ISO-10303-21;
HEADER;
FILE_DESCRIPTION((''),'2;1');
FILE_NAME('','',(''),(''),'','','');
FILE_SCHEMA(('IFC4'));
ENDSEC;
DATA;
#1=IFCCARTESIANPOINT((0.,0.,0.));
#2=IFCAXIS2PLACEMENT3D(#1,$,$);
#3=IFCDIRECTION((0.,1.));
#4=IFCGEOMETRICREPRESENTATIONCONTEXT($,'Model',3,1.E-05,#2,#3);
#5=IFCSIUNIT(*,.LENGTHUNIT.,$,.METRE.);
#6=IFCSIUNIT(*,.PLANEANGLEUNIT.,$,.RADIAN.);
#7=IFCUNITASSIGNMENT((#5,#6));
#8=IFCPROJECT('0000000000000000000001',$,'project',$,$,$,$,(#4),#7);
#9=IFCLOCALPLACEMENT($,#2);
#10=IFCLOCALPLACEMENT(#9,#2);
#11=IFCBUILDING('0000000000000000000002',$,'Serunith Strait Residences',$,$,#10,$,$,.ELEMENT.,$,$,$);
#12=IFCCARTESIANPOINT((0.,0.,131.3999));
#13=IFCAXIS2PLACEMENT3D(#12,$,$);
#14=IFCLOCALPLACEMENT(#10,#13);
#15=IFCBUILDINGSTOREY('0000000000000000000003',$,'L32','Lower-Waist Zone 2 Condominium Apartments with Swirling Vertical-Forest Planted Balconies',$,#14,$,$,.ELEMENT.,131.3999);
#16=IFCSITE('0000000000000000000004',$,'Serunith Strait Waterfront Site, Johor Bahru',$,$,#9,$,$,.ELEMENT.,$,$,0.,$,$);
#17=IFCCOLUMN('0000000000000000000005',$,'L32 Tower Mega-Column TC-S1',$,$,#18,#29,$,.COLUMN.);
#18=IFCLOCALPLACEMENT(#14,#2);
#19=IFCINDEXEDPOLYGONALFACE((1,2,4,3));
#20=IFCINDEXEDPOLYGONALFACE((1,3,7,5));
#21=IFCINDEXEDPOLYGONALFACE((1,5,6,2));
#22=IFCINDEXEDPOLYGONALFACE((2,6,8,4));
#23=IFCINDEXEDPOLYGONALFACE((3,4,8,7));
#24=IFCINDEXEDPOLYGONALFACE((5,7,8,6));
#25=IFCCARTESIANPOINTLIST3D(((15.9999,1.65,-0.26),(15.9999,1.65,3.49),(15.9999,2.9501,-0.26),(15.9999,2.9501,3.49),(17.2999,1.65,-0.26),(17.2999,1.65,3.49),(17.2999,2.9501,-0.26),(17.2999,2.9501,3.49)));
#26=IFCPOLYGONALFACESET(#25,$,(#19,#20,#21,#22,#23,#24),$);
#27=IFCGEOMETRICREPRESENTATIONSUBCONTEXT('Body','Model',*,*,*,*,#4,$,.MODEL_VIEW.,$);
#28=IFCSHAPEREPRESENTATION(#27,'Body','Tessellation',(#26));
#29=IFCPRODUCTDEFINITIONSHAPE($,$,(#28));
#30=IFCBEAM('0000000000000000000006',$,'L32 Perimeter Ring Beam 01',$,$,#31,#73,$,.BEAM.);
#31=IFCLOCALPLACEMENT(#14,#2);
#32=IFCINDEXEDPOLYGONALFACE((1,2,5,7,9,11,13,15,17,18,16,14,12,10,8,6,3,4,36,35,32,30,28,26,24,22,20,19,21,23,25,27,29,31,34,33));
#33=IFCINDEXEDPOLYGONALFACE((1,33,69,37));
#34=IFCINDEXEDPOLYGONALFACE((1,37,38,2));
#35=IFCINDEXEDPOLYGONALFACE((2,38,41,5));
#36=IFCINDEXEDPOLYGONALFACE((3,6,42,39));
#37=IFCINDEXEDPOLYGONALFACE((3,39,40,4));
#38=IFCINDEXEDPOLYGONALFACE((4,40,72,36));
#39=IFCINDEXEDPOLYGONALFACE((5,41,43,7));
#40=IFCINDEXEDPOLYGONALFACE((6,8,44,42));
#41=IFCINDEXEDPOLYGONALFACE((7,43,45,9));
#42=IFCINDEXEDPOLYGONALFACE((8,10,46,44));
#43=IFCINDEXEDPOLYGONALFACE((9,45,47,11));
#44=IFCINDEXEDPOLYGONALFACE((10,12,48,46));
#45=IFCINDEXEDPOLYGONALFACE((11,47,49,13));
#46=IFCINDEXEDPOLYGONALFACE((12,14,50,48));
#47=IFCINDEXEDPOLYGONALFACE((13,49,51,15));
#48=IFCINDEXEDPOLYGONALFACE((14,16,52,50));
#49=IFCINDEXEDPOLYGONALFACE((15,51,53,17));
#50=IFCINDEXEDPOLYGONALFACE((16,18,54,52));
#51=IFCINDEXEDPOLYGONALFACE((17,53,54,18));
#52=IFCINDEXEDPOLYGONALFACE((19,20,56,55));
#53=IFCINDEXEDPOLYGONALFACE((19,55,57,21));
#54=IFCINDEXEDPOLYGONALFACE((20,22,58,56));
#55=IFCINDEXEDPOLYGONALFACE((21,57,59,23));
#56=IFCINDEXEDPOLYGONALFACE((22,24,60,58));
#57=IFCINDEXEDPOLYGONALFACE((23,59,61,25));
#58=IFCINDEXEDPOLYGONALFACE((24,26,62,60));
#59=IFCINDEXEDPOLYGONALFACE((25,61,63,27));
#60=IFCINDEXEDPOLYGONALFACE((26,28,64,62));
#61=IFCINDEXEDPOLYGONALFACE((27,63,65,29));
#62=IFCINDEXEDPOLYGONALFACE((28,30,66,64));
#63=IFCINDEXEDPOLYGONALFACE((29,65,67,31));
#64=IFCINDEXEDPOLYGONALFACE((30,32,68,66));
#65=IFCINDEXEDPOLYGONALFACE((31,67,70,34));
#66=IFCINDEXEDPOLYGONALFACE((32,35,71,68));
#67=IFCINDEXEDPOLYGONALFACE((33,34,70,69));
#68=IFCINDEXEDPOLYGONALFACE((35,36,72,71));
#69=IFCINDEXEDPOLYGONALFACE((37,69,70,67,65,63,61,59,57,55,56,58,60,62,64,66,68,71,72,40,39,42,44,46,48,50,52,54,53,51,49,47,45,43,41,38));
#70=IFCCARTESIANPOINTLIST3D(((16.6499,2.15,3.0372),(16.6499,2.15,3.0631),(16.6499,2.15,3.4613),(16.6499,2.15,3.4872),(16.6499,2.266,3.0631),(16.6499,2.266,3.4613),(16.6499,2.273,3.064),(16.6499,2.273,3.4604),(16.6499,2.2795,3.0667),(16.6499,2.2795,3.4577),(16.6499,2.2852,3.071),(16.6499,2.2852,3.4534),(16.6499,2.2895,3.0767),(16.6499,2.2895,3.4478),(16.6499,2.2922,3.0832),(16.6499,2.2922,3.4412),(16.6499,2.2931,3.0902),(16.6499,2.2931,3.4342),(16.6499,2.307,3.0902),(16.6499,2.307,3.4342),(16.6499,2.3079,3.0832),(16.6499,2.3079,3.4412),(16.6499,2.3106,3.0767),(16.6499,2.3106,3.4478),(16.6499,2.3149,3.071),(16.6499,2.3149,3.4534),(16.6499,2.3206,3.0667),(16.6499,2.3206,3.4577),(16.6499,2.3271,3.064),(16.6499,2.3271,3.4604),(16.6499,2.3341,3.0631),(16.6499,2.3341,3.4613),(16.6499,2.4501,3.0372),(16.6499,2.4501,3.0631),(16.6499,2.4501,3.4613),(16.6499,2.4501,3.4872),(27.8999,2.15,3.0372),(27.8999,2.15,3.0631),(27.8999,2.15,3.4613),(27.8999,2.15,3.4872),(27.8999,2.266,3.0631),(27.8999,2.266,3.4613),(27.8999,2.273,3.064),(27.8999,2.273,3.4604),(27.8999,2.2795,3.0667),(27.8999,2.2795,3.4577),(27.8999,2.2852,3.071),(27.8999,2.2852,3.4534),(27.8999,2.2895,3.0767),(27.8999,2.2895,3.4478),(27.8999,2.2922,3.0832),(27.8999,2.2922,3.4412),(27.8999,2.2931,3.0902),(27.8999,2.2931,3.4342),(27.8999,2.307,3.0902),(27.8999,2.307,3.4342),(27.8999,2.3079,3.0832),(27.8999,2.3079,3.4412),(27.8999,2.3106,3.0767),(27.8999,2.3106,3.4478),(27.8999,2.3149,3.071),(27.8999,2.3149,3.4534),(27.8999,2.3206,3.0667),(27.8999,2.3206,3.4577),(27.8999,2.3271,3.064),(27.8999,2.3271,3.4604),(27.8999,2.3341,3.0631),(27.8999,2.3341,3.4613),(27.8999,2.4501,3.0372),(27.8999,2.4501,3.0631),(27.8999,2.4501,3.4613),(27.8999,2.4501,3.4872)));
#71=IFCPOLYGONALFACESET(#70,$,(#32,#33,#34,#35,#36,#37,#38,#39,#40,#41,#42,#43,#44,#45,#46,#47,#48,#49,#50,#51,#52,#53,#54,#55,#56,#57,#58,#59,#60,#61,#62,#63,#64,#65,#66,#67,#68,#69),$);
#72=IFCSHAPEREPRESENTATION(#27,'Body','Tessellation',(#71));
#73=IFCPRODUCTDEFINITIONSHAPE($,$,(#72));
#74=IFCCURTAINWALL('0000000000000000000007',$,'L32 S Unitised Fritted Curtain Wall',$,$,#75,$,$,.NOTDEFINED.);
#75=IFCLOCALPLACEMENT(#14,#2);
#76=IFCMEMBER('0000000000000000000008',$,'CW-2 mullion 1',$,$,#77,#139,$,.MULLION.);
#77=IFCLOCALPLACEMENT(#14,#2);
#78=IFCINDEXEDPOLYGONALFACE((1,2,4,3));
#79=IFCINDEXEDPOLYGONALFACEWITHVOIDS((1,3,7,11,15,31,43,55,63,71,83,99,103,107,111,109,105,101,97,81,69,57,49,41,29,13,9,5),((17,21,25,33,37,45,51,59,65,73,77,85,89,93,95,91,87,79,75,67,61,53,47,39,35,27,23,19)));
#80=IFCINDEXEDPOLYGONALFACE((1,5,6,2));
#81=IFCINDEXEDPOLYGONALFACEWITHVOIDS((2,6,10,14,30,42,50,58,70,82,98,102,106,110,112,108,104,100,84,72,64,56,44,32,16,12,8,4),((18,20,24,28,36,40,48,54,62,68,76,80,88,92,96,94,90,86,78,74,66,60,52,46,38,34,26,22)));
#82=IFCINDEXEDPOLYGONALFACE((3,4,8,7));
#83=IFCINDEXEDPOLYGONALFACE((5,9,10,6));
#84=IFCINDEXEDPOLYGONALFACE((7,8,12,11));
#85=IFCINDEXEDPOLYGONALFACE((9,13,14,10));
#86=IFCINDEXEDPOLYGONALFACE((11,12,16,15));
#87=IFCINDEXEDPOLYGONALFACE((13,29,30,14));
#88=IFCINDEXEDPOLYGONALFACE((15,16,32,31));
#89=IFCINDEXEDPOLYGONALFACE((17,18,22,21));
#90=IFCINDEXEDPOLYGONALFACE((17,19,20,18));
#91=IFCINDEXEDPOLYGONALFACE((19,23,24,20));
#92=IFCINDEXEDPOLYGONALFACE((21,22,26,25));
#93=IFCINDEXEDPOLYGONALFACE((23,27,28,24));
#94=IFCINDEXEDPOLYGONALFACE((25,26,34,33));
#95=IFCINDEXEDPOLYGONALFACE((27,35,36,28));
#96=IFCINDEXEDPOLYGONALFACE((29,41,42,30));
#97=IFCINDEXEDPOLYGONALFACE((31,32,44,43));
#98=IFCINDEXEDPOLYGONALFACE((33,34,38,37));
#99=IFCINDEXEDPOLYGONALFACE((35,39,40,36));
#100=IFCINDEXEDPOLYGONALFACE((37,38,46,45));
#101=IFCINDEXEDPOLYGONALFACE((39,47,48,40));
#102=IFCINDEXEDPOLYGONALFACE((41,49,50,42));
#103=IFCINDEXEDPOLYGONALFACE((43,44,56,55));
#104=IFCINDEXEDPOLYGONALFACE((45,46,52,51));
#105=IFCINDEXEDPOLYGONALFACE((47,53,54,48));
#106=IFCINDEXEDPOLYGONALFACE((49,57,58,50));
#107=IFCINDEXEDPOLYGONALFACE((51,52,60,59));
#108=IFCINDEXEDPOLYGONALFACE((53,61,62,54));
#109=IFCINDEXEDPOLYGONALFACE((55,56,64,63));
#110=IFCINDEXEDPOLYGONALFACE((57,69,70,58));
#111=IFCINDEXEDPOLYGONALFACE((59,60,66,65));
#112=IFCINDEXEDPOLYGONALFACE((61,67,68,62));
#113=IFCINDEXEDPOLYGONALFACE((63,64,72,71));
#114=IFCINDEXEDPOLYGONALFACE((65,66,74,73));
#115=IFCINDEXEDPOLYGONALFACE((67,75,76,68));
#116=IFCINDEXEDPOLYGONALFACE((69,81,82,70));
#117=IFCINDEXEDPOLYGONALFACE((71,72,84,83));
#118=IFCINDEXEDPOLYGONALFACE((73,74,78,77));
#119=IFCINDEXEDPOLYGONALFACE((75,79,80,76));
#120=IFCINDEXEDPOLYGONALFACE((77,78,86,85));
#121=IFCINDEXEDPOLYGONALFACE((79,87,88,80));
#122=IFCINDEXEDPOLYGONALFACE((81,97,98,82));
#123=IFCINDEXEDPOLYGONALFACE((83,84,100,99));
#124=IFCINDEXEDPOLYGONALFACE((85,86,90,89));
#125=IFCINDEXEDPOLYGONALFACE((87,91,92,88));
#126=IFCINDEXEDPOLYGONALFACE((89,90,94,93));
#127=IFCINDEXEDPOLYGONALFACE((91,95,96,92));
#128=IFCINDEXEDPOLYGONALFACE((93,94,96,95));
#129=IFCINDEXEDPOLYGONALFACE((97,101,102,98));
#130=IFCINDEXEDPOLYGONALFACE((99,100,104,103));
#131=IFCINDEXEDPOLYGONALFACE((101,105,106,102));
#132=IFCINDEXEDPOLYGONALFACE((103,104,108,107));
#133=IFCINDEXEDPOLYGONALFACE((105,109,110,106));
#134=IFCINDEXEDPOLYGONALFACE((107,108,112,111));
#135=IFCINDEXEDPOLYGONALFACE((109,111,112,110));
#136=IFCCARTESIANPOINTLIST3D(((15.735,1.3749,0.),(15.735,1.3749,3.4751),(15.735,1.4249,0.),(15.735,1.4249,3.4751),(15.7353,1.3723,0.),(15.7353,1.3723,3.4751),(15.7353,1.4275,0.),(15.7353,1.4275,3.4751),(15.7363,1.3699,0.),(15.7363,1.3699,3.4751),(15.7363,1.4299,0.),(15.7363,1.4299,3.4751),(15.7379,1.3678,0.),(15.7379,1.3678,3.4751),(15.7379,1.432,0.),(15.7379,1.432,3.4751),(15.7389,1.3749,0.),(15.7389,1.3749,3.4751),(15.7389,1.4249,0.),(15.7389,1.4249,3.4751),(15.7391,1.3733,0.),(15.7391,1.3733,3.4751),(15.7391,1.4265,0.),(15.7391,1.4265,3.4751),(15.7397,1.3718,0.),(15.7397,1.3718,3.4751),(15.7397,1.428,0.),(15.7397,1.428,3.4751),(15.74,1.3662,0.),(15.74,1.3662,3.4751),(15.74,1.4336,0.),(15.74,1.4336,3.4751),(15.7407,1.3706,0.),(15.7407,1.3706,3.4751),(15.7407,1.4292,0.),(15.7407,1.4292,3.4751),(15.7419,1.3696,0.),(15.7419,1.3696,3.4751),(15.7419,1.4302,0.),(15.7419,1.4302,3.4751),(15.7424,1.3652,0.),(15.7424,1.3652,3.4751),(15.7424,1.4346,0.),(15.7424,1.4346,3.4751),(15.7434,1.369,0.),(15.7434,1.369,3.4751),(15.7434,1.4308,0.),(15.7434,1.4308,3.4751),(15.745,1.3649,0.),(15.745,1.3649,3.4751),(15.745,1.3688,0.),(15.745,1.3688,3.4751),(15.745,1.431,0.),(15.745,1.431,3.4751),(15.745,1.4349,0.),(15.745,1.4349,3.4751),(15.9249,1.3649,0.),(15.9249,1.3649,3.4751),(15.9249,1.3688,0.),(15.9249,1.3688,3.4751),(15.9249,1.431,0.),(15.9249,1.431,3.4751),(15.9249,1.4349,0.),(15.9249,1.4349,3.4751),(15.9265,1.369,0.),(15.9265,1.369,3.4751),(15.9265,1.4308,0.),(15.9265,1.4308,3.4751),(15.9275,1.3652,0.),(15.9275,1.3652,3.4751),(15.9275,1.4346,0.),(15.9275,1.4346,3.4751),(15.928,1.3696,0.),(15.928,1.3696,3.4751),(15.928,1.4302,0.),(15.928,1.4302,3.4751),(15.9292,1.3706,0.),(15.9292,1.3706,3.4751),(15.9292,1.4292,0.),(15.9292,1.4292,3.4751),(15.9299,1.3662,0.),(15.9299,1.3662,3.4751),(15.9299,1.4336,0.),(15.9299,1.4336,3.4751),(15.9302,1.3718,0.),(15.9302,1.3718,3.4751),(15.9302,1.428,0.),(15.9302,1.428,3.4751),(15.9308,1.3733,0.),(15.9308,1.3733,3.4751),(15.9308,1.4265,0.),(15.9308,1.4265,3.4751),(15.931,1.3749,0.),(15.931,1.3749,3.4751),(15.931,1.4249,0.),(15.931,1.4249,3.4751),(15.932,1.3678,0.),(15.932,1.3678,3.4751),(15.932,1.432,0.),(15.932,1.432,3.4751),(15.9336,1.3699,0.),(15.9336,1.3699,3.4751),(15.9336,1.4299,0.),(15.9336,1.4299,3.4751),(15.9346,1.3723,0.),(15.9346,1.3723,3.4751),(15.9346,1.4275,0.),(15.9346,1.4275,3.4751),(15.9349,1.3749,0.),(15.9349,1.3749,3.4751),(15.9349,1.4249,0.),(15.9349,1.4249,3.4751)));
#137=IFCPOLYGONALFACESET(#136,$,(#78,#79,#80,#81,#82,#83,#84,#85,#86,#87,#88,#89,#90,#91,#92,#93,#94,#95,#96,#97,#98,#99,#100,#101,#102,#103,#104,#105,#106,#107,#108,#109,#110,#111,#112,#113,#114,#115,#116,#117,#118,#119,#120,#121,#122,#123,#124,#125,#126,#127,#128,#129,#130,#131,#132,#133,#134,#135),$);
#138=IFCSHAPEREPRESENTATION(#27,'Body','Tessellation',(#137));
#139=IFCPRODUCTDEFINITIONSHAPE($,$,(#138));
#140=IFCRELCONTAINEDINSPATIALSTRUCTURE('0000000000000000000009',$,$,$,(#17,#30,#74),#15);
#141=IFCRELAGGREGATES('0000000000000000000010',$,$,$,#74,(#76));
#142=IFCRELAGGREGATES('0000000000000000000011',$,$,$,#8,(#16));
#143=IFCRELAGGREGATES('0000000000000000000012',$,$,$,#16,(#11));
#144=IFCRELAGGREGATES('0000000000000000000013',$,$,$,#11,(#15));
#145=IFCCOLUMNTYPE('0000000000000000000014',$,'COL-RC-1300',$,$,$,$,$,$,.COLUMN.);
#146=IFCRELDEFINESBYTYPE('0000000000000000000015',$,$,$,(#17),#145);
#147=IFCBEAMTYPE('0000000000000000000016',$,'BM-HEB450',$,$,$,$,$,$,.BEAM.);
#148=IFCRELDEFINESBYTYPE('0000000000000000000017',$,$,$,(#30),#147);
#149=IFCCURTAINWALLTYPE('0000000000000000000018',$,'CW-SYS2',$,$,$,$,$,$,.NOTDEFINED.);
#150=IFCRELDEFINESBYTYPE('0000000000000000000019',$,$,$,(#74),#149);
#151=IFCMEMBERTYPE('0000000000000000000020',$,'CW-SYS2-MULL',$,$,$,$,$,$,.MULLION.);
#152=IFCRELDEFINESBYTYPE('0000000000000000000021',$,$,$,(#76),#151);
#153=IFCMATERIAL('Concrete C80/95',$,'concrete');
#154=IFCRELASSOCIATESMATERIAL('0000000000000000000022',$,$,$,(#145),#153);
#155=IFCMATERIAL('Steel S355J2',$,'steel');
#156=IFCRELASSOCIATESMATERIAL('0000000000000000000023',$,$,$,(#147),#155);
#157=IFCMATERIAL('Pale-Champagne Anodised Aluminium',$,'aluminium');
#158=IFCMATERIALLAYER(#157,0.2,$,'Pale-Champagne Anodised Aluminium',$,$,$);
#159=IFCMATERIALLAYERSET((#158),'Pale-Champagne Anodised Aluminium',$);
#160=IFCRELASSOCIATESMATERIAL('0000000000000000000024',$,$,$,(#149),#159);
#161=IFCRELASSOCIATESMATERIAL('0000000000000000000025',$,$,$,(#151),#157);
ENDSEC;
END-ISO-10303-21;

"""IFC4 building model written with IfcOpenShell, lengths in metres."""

from ifc_helpers import new_model, si_unit, direction, frame, origin, origin_2d, place, context, subcontext, project, spatial, rectangle, hollow_rectangle, i_section, extrude, source, transform, mapped, material, layer, layer_set, material_profile, profile_set, type_object, element, aggregate, save


model = new_model("IFC4")

# Units and contexts
model_context = context("Model", 3, precision=1e-05, world=origin(), true_north=direction((0.0, 1.0)))
body_context = subcontext(model_context, "Body", "Model", "MODEL_VIEW")
ifc_project = project(units=[si_unit("LENGTHUNIT", "METRE"), si_unit("PLANEANGLEUNIT", "RADIAN")], contexts=[model_context])

# Site, building, storey
site_placement = place(None, origin())
site = spatial("IfcSite", under=ifc_project, at=site_placement, Name="Serunith Strait Waterfront Site, Johor Bahru", CompositionType="ELEMENT", RefElevation=0.0)
building_placement = place(site_placement, origin())
building = spatial("IfcBuilding", under=site, at=building_placement, Name="Serunith Strait Residences", CompositionType="ELEMENT")
storey_placement = place(building_placement, frame((0.0, 0.0, 131.3999)))
storey = spatial("IfcBuildingStorey", under=building, at=storey_placement, Name="L32", Description="Lower-Waist Zone 2 Condominium Apartments with Swirling Vertical-Forest Planted Balconies", CompositionType="ELEMENT", Elevation=131.3999)

# Column
ifc_material_1 = material(Name="Concrete C80/95", Category="concrete")
ifc_material_profile_1 = material_profile(ifc_material_1, rectangle(XDim=1.3, YDim=1.3, at=origin_2d()), Name="RC 1300x1300")
ifc_profile_set_1 = profile_set([ifc_material_profile_1], Name="Concrete C80/95")
column_type = type_object("IfcColumnType", Name="COL-RC-1300", PredefinedType="COLUMN", material=ifc_profile_set_1)
shared_shape_1 = source(origin(), body_context, "Body", "SweptSolid", [
    extrude(rectangle(XDim=1.3, YDim=1.3, at=origin_2d()), origin(), (0.0, 0.0, 1.0), 3.75),
])
column_placement = place(storey_placement, frame((16.6499, 2.3, -0.26), z_axis=(0.0, 0.0, 1.0), x_axis=(1.0, 0.0, 0.0)))
element("IfcColumn", 1, at=column_placement, inside=storey, type_object=column_type, Name="L32 Tower Mega-Column TC-S1", PredefinedType="COLUMN", context=body_context, shape_type="MappedRepresentation", body=[
    mapped(shared_shape_1, transform((0.0, 0.0, 0.0), scale=1.0)),
])

# Beam
ifc_material_2 = material(Name="Steel S355J2", Category="steel")
ifc_material_profile_2 = material_profile(ifc_material_2, i_section(OverallWidth=0.3, OverallDepth=0.45, WebThickness=0.0139, FlangeThickness=0.0259, FilletRadius=0.0271, at=origin_2d()), Name="HEB 450")
ifc_profile_set_2 = profile_set([ifc_material_profile_2], Name="Steel S355J2")
beam_type = type_object("IfcBeamType", Name="BM-HEB450", PredefinedType="BEAM", material=ifc_profile_set_2)
shared_shape_2 = source(origin(), body_context, "Body", "SweptSolid", [
    extrude(i_section(OverallWidth=0.3, OverallDepth=0.45, WebThickness=0.0139, FlangeThickness=0.0259, FilletRadius=0.0271, at=origin_2d()), origin(), (0.0, 0.0, 1.0), 11.25),
])
beam_placement = place(storey_placement, frame((16.6499, 2.3, 3.2622), z_axis=(1.0, 0.0, 0.0), x_axis=(0.0, 1.0, 0.0)))
element("IfcBeam", 2, at=beam_placement, inside=storey, type_object=beam_type, Name="L32 Perimeter Ring Beam 01", PredefinedType="BEAM", context=body_context, shape_type="MappedRepresentation", body=[
    mapped(shared_shape_2, transform((0.0, 0.0, 0.0), scale=1.0)),
])

# Curtain wall, member
ifc_material_3 = material(Name="Pale-Champagne Anodised Aluminium", Category="aluminium")
ifc_layer_1 = layer(ifc_material_3, 0.2, Name="Pale-Champagne Anodised Aluminium")
ifc_layer_set_1 = layer_set([ifc_layer_1], Name="Pale-Champagne Anodised Aluminium")
curtain_wall_type = type_object("IfcCurtainWallType", Name="CW-SYS2", PredefinedType="NOTDEFINED", material=ifc_layer_set_1)
curtain_wall_1_placement = place(storey_placement, origin())
curtain_wall_1 = element("IfcCurtainWall", 3, at=curtain_wall_1_placement, inside=storey, type_object=curtain_wall_type, Name="L32 S Unitised Fritted Curtain Wall", PredefinedType="NOTDEFINED")
ifc_material_profile_3 = material_profile(ifc_material_3, hollow_rectangle(XDim=0.0701, YDim=0.2, WallThickness=0.0039, InnerFilletRadius=0.0061, OuterFilletRadius=0.01, at=origin_2d()), Name="ALU 200x70x4")
ifc_profile_set_3 = profile_set([ifc_material_profile_3], Name="Pale-Champagne Anodised Aluminium")
member_type_1 = type_object("IfcMemberType", Name="CW-SYS2-MULL", PredefinedType="MULLION", material=ifc_profile_set_3)
shared_shape_3 = source(origin(), body_context, "Body", "SweptSolid", [
    extrude(hollow_rectangle(XDim=0.0701, YDim=0.2, WallThickness=0.0039, InnerFilletRadius=0.0061, OuterFilletRadius=0.01, at=origin_2d()), origin(), (0.0, 0.0, 1.0), 3.4751),
])
member_1_placement = place(storey_placement, frame((15.835, 1.3999, 0.0), z_axis=(0.0, 0.0, 1.0), x_axis=(0.0, 1.0, 0.0)))
member_1 = element("IfcMember", 4, at=member_1_placement, type_object=member_type_1, Name="CW-2 mullion 1", PredefinedType="MULLION", context=body_context, shape_type="MappedRepresentation", body=[
    mapped(shared_shape_3, transform((0.0, 0.0, 0.0), scale=1.0)),
])

aggregate(curtain_wall_1, [member_1])

save(model, "model.ifc")
